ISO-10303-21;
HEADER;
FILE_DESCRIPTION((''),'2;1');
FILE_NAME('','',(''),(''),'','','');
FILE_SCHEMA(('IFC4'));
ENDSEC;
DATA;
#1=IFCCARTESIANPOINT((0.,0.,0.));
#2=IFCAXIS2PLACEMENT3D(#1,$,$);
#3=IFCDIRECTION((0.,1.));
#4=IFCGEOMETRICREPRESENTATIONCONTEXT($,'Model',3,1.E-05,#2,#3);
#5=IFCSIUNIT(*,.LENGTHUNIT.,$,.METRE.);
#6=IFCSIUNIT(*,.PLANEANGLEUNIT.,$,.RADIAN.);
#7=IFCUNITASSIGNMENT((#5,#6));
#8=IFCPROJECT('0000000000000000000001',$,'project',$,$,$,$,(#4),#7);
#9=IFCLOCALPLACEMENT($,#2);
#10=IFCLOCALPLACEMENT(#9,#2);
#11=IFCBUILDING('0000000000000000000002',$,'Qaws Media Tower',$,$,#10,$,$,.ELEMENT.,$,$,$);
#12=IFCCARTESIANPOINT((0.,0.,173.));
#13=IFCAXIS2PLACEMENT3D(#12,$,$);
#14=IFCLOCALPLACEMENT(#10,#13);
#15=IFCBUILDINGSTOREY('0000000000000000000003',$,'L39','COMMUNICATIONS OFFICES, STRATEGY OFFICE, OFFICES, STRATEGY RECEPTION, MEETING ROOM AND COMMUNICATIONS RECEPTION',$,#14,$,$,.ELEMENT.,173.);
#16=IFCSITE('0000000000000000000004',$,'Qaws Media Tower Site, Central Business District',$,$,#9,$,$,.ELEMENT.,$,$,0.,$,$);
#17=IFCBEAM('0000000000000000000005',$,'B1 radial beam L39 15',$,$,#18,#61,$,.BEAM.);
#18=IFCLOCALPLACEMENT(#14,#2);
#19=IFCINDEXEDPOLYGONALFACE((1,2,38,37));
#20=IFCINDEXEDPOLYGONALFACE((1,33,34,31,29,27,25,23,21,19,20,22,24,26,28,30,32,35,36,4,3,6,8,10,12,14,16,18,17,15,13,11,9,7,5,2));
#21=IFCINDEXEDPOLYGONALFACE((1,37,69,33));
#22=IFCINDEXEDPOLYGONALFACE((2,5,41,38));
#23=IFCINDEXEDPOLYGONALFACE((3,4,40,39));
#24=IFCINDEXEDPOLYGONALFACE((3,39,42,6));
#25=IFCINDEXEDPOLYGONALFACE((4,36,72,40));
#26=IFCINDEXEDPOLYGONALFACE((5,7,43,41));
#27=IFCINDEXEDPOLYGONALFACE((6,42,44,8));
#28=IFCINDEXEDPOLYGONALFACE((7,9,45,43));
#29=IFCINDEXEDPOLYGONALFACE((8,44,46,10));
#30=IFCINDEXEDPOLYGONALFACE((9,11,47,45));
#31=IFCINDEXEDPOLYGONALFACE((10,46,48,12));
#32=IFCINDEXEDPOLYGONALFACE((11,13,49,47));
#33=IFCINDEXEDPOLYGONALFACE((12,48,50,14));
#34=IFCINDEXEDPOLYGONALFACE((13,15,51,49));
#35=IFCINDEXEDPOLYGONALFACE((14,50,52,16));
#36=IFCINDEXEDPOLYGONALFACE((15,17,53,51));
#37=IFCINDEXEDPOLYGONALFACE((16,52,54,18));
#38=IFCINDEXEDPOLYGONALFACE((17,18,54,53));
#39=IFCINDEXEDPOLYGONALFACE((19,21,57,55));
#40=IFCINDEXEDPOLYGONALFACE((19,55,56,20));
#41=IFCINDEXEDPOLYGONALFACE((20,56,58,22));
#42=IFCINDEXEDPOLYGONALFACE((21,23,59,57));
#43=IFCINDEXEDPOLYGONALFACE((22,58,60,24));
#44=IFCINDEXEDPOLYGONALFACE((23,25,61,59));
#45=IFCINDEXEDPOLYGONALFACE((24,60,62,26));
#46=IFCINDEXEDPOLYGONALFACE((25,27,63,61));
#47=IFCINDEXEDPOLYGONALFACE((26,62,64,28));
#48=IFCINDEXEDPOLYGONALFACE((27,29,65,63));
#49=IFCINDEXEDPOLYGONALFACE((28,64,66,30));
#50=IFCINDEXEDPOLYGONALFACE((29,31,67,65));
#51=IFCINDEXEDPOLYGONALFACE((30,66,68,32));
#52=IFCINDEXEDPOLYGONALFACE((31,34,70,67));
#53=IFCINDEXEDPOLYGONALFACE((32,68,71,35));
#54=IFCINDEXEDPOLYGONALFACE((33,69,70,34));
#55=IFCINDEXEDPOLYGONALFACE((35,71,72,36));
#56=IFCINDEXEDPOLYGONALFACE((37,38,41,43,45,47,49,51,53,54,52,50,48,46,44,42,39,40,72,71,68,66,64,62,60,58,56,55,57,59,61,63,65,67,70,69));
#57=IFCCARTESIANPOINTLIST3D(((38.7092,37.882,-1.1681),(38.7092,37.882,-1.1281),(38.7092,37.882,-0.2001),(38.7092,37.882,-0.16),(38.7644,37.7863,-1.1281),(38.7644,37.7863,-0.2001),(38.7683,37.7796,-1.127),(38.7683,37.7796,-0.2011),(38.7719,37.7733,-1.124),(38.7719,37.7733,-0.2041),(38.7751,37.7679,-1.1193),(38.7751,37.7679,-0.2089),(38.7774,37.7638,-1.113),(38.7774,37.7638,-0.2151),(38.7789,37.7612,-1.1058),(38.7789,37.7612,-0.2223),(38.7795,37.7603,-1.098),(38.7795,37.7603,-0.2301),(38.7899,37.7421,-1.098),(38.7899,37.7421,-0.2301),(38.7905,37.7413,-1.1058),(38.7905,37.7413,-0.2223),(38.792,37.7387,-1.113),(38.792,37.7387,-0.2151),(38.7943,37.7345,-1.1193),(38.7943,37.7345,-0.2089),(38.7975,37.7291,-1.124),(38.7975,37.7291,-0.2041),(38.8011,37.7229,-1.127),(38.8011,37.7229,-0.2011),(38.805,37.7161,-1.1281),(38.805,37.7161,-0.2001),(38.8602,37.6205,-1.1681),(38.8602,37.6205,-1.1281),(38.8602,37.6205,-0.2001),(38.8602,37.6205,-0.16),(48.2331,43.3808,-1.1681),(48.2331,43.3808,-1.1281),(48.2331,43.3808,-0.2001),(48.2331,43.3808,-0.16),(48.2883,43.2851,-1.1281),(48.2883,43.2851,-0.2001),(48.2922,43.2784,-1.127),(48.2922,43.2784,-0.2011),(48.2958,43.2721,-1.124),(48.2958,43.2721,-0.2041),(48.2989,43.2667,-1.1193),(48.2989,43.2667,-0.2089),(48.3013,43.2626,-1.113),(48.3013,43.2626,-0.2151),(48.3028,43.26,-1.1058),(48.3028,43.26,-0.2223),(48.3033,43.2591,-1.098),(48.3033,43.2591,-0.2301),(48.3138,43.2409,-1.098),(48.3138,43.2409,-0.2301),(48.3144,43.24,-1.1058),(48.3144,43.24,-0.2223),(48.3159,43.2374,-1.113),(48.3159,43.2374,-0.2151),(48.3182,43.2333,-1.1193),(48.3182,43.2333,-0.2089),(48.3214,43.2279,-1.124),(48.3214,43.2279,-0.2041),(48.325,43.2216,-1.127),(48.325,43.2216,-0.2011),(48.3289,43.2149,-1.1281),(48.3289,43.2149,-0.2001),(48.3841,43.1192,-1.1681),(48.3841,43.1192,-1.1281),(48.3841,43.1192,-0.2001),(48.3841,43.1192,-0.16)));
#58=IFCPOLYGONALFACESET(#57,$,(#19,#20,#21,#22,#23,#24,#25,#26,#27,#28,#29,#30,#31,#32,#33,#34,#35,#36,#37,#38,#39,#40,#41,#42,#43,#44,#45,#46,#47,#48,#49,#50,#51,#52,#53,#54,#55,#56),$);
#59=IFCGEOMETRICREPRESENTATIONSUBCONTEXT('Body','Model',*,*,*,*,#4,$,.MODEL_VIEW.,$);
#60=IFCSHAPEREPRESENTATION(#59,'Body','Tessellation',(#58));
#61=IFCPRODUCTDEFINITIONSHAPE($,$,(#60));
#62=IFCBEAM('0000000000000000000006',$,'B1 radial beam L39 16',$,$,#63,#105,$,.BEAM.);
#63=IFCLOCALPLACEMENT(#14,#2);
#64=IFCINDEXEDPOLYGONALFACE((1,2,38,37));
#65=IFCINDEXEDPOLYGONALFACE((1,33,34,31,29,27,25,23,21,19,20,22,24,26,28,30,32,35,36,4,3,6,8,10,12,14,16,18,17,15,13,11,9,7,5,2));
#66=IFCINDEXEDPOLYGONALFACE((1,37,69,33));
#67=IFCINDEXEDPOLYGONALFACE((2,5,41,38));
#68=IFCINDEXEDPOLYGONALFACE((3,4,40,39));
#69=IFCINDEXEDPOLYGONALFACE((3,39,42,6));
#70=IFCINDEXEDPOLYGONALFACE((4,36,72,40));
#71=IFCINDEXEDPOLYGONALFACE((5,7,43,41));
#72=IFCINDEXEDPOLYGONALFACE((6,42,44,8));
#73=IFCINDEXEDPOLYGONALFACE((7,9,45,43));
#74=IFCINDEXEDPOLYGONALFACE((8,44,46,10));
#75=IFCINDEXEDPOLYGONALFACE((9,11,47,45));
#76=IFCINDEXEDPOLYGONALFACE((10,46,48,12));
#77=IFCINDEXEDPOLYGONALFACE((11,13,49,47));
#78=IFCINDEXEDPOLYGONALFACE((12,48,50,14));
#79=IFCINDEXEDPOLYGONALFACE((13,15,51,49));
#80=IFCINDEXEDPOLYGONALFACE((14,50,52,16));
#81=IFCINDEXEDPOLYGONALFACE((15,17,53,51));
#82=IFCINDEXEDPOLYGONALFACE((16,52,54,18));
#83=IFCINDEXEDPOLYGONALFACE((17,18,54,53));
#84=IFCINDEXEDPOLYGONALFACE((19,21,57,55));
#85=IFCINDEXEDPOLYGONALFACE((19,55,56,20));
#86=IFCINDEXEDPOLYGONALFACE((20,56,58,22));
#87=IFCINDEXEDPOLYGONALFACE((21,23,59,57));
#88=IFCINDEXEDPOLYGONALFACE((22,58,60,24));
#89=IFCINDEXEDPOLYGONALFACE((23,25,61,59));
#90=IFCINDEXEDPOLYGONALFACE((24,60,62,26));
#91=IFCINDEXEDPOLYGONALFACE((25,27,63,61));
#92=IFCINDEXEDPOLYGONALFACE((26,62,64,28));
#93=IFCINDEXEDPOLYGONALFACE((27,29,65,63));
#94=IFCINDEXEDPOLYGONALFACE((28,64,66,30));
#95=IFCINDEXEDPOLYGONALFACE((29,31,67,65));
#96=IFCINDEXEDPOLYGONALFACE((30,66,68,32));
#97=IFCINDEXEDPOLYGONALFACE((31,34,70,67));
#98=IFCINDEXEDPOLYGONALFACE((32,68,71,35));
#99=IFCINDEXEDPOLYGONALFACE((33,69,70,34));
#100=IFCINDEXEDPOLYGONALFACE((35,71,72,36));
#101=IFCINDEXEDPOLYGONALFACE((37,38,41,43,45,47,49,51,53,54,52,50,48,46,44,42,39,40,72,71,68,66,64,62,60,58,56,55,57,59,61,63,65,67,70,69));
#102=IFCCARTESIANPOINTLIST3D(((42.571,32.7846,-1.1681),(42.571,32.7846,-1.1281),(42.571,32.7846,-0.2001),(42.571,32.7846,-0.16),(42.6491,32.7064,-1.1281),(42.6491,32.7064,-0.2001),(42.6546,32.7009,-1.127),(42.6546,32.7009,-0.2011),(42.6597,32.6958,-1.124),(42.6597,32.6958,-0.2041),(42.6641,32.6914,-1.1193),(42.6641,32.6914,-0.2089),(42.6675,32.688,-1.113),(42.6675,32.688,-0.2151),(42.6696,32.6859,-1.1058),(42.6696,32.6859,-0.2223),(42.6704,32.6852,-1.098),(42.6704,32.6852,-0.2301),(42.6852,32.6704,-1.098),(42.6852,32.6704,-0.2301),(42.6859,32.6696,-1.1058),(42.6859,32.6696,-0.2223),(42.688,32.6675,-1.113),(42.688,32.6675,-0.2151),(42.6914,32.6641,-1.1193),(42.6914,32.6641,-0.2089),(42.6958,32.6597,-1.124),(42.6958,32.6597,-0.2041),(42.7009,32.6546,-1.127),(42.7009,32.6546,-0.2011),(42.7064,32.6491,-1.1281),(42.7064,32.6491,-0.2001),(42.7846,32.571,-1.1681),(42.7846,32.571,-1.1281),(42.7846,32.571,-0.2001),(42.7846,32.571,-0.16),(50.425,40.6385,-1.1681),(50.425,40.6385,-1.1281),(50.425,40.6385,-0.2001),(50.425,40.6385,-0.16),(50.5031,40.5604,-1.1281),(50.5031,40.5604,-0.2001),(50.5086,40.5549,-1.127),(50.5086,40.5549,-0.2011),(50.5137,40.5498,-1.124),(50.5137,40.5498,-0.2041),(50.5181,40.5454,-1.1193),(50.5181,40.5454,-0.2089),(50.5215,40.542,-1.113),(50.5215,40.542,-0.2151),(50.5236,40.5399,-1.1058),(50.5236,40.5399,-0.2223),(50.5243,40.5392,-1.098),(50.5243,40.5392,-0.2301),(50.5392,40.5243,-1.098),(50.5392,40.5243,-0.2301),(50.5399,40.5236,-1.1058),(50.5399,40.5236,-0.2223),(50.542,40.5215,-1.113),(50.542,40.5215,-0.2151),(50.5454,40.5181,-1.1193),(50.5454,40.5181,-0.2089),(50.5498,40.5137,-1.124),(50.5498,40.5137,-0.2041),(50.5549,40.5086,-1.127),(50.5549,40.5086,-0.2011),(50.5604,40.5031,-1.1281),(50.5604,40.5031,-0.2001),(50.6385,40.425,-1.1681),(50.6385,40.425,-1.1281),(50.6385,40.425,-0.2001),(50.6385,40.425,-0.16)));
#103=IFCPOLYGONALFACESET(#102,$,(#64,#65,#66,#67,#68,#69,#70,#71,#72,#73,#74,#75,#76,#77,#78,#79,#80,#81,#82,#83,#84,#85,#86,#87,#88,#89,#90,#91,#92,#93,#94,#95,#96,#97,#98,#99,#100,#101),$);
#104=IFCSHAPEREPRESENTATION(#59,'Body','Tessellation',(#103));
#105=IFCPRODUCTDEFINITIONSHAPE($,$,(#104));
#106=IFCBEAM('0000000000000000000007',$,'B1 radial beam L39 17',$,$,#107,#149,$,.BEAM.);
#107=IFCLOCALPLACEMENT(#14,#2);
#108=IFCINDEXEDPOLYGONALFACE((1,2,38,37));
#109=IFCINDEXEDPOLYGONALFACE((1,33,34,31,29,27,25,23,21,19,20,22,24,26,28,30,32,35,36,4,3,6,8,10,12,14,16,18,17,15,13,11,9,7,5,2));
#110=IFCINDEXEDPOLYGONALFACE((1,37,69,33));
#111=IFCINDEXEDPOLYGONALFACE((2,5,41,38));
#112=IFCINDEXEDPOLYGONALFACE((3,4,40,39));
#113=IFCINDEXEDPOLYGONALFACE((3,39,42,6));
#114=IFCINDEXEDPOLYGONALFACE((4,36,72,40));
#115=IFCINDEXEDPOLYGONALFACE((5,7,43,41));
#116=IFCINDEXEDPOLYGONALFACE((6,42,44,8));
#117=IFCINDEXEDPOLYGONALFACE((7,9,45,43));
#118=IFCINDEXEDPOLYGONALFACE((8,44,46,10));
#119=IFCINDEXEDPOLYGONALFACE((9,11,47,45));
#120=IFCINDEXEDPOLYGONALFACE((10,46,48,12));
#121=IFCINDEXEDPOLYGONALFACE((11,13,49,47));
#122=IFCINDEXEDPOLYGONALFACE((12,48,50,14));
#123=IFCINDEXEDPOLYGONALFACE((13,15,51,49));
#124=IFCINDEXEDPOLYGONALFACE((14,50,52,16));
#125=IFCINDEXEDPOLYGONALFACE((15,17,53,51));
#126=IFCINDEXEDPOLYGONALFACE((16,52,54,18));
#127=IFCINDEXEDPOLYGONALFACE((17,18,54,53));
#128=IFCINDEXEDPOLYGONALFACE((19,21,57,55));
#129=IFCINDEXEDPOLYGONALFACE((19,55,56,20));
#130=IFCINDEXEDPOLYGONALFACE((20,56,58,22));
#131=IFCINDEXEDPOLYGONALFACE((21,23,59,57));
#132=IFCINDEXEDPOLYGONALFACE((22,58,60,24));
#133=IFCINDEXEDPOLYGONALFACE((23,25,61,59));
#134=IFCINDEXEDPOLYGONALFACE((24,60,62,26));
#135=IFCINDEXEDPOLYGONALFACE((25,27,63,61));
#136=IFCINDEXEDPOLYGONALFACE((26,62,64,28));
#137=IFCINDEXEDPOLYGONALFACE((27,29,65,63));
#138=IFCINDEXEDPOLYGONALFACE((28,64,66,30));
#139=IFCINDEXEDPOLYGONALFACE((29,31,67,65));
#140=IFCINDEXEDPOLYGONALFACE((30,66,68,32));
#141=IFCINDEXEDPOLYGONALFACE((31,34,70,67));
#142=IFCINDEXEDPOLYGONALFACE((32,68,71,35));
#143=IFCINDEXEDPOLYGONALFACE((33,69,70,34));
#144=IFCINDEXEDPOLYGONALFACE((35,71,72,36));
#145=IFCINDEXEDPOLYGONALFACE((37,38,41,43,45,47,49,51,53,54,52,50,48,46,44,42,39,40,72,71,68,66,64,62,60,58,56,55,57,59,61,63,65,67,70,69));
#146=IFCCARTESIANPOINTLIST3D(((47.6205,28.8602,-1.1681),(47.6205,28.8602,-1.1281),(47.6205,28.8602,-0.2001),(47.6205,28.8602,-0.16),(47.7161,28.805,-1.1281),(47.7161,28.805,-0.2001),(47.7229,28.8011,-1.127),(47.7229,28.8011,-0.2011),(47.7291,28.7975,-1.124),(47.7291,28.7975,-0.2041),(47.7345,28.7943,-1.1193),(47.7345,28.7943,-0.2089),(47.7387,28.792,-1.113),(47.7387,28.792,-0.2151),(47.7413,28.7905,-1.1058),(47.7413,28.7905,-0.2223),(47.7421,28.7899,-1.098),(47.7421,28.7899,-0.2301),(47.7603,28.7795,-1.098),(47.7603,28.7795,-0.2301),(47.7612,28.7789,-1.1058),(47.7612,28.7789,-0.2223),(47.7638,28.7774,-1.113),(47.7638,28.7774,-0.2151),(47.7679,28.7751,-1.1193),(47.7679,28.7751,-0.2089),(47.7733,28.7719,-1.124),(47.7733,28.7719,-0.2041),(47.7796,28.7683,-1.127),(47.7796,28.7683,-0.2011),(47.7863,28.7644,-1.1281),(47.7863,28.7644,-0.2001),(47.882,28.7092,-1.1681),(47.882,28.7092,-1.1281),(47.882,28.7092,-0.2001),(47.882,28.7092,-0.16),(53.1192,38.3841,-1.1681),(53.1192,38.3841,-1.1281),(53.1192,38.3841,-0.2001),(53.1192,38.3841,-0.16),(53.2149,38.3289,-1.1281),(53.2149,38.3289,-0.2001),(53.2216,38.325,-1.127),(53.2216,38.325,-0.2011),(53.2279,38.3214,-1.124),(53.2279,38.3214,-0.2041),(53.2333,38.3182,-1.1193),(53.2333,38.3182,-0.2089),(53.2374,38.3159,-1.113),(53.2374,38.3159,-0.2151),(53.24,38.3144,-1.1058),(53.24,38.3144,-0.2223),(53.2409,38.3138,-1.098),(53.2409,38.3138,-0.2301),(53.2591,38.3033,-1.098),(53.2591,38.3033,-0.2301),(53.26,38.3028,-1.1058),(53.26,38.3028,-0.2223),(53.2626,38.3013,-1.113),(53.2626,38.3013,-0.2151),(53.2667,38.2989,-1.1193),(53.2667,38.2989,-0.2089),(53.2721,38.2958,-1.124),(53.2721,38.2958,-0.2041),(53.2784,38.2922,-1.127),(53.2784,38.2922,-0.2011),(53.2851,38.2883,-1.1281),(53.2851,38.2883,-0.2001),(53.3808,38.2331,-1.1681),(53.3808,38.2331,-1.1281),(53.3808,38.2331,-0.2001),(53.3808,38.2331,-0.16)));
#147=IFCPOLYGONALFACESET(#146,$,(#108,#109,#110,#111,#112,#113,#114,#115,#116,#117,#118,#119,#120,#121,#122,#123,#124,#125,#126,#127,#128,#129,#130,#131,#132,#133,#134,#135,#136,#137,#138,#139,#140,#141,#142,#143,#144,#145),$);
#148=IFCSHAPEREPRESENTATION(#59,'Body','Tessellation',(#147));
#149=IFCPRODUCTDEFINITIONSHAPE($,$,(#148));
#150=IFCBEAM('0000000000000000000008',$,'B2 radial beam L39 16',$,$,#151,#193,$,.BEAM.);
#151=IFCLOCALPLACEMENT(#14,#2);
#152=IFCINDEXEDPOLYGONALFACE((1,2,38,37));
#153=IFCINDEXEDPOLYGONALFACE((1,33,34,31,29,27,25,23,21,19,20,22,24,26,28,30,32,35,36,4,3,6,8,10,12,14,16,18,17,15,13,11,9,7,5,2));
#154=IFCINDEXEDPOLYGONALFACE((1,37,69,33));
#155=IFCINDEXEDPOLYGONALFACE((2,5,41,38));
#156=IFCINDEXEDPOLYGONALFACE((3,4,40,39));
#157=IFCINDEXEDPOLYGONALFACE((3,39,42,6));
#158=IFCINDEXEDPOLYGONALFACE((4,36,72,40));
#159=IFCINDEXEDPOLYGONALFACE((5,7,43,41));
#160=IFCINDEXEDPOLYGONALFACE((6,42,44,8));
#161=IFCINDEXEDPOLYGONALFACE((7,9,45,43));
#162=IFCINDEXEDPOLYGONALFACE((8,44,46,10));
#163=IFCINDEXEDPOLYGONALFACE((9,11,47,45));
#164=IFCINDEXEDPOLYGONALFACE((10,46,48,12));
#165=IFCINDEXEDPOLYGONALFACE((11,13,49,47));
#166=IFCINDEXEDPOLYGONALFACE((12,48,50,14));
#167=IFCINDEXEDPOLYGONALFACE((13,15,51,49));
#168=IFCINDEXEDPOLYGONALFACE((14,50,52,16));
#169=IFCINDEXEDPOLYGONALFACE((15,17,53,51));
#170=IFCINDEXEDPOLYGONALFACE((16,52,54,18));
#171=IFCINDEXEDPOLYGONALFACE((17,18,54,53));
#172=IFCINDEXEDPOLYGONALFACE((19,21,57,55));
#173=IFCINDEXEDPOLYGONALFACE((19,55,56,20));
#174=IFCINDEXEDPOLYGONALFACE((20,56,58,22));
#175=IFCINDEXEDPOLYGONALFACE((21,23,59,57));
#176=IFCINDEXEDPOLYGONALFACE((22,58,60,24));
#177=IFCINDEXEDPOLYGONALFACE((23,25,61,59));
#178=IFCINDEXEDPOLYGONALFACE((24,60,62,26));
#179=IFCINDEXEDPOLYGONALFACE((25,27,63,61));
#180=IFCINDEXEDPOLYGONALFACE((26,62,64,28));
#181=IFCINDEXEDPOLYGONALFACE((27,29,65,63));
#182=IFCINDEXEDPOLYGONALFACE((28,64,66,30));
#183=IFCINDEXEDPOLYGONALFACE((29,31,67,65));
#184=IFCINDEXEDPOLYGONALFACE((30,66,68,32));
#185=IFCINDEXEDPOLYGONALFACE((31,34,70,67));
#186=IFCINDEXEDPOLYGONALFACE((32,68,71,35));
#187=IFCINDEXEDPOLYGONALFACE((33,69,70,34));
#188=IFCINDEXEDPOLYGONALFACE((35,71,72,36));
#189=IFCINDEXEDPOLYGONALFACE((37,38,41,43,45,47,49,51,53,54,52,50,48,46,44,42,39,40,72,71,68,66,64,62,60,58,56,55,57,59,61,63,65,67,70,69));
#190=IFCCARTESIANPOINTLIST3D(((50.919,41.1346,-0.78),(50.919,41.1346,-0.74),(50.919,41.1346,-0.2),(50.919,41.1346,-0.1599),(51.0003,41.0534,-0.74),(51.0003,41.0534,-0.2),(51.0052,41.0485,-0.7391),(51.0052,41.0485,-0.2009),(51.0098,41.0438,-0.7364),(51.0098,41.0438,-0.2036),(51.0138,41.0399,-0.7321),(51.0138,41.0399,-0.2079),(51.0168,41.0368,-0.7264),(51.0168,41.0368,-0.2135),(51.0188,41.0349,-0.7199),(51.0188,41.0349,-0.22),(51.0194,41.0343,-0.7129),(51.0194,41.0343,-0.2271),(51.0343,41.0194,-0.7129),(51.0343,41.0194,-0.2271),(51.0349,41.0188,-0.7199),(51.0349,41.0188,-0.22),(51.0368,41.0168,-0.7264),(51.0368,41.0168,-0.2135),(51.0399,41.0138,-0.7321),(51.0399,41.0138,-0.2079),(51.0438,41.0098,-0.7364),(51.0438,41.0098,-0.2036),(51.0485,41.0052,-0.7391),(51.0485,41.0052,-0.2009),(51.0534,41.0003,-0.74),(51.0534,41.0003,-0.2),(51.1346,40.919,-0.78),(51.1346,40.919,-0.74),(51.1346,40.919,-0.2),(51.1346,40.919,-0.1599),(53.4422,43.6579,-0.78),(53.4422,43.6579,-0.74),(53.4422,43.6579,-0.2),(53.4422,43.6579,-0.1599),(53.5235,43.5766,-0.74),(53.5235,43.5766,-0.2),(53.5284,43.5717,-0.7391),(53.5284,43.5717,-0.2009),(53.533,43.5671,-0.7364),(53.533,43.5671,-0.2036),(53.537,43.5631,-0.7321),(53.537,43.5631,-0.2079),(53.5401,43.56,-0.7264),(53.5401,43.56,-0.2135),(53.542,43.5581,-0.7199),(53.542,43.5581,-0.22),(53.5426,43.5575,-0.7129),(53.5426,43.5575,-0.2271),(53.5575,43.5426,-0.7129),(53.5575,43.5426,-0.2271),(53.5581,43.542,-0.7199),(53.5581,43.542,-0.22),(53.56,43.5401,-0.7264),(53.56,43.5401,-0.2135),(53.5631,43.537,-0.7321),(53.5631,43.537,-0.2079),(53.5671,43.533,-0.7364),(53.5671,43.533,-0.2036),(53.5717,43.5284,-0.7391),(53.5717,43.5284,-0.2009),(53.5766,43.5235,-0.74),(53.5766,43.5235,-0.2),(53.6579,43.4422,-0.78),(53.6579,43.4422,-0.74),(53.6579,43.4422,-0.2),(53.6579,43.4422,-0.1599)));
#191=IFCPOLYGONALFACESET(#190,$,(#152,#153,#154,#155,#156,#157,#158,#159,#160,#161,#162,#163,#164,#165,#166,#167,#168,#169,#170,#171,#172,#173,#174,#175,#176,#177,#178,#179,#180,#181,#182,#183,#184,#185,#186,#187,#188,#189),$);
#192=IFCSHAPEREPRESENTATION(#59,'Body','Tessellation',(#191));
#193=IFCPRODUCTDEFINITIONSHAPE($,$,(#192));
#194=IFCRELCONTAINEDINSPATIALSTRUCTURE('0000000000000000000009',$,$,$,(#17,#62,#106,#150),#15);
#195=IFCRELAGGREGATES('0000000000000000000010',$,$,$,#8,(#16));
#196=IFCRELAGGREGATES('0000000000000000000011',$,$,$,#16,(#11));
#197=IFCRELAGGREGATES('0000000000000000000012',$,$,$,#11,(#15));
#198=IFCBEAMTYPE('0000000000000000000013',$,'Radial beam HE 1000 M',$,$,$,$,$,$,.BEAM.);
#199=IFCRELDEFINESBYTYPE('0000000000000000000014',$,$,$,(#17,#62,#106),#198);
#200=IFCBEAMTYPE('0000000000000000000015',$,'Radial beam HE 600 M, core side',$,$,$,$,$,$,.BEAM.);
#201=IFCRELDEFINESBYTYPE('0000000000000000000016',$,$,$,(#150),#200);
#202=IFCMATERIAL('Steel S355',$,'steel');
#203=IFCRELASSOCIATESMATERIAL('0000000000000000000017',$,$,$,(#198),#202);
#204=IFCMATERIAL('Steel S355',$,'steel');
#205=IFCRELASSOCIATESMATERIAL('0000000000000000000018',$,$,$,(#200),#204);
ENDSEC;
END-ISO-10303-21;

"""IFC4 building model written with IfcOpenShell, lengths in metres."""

from ifc_helpers import new_model, si_unit, direction, frame, origin, origin_2d, place, context, subcontext, project, spatial, i_section, extrude, material, material_profile, profile_set, type_object, element, save


model = new_model("IFC4")

# Units and contexts
model_context = context("Model", 3, precision=1e-05, world=origin(), true_north=direction((0.0, 1.0)))
body_context = subcontext(model_context, "Body", "Model", "MODEL_VIEW")
ifc_project = project(units=[si_unit("LENGTHUNIT", "METRE"), si_unit("PLANEANGLEUNIT", "RADIAN")], contexts=[model_context])

# Site, building, storey
site_placement = place(None, origin())
site = spatial("IfcSite", under=ifc_project, at=site_placement, Name="Qaws Media Tower Site, Central Business District", CompositionType="ELEMENT", RefElevation=0.0)
building_placement = place(site_placement, origin())
building = spatial("IfcBuilding", under=site, at=building_placement, Name="Qaws Media Tower", CompositionType="ELEMENT")
storey_placement = place(building_placement, frame((0.0, 0.0, 173.0)))
storey = spatial("IfcBuildingStorey", under=building, at=storey_placement, Name="L39", Description="COMMUNICATIONS OFFICES, STRATEGY OFFICE, OFFICES, STRATEGY RECEPTION, MEETING ROOM AND COMMUNICATIONS RECEPTION", CompositionType="ELEMENT", Elevation=173.0)

# Beams
ifc_material_1 = material(Name="Steel S355", Category="steel")
ifc_material_profile_1 = material_profile(ifc_material_1, i_section(OverallWidth=0.302, OverallDepth=1.0081, WebThickness=0.021, FlangeThickness=0.04, FilletRadius=0.03, at=origin_2d()), Name="HE 1000 M")
ifc_profile_set_1 = profile_set([ifc_material_profile_1], Name="Steel S355")
beam_type_1 = type_object("IfcBeamType", Name="Radial beam HE 1000 M", PredefinedType="BEAM", material=ifc_profile_set_1)
beam_1_placement = place(storey_placement, frame((48.3086, 43.25, -0.6641), z_axis=(-0.86602, -0.500009, 0.0), x_axis=(0.500009, -0.86602, 0.0)))
element("IfcBeam", 1, at=beam_1_placement, inside=storey, type_object=beam_type_1, Name="B1 radial beam L39 15", PredefinedType="BEAM", context=body_context, shape_type="SweptSolid", body=[
    extrude(i_section(OverallWidth=0.302, OverallDepth=1.0081, WebThickness=0.021, FlangeThickness=0.04, FilletRadius=0.03, at=origin_2d()), origin(), (0.0, 0.0, 1.0), 10.9973),
])
beam_2_placement = place(storey_placement, frame((50.5317, 40.5317, -0.6641), z_axis=(-0.707107, -0.707107, 0.0), x_axis=(0.707107, -0.707107, 0.0)))
element("IfcBeam", 2, at=beam_2_placement, inside=storey, type_object=beam_type_1, Name="B1 radial beam L39 16", PredefinedType="BEAM", context=body_context, shape_type="SweptSolid", body=[
    extrude(i_section(OverallWidth=0.302, OverallDepth=1.0081, WebThickness=0.021, FlangeThickness=0.04, FilletRadius=0.03, at=origin_2d()), origin(), (0.0, 0.0, 1.0), 11.1072),
])
beam_3_placement = place(storey_placement, frame((53.25, 38.3086, -0.6641), z_axis=(-0.500009, -0.86602, 0.0), x_axis=(0.86602, -0.500009, 0.0)))
element("IfcBeam", 3, at=beam_3_placement, inside=storey, type_object=beam_type_1, Name="B1 radial beam L39 17", PredefinedType="BEAM", context=body_context, shape_type="SweptSolid", body=[
    extrude(i_section(OverallWidth=0.302, OverallDepth=1.0081, WebThickness=0.021, FlangeThickness=0.04, FilletRadius=0.03, at=origin_2d()), origin(), (0.0, 0.0, 1.0), 10.9973),
])
ifc_material_2 = material(Name="Steel S355", Category="steel")
ifc_material_profile_2 = material_profile(ifc_material_2, i_section(OverallWidth=0.3049, OverallDepth=0.6201, WebThickness=0.021, FlangeThickness=0.04, FilletRadius=0.0271, at=origin_2d()), Name="HE 600 M")
ifc_profile_set_2 = profile_set([ifc_material_profile_2], Name="Steel S355")
beam_type_2 = type_object("IfcBeamType", Name="Radial beam HE 600 M, core side", PredefinedType="BEAM", material=ifc_profile_set_2)
beam_4_placement = place(storey_placement, frame((53.55, 43.55, -0.47), z_axis=(-0.707107, -0.707107, 0.0), x_axis=(0.707107, -0.707107, 0.0)))
element("IfcBeam", 4, at=beam_4_placement, inside=storey, type_object=beam_type_2, Name="B2 radial beam L39 16", PredefinedType="BEAM", context=body_context, shape_type="SweptSolid", body=[
    extrude(i_section(OverallWidth=0.3049, OverallDepth=0.6201, WebThickness=0.021, FlangeThickness=0.04, FilletRadius=0.0271, at=origin_2d()), origin(), (0.0, 0.0, 1.0), 3.5684),
])

save(model, "model.ifc")
